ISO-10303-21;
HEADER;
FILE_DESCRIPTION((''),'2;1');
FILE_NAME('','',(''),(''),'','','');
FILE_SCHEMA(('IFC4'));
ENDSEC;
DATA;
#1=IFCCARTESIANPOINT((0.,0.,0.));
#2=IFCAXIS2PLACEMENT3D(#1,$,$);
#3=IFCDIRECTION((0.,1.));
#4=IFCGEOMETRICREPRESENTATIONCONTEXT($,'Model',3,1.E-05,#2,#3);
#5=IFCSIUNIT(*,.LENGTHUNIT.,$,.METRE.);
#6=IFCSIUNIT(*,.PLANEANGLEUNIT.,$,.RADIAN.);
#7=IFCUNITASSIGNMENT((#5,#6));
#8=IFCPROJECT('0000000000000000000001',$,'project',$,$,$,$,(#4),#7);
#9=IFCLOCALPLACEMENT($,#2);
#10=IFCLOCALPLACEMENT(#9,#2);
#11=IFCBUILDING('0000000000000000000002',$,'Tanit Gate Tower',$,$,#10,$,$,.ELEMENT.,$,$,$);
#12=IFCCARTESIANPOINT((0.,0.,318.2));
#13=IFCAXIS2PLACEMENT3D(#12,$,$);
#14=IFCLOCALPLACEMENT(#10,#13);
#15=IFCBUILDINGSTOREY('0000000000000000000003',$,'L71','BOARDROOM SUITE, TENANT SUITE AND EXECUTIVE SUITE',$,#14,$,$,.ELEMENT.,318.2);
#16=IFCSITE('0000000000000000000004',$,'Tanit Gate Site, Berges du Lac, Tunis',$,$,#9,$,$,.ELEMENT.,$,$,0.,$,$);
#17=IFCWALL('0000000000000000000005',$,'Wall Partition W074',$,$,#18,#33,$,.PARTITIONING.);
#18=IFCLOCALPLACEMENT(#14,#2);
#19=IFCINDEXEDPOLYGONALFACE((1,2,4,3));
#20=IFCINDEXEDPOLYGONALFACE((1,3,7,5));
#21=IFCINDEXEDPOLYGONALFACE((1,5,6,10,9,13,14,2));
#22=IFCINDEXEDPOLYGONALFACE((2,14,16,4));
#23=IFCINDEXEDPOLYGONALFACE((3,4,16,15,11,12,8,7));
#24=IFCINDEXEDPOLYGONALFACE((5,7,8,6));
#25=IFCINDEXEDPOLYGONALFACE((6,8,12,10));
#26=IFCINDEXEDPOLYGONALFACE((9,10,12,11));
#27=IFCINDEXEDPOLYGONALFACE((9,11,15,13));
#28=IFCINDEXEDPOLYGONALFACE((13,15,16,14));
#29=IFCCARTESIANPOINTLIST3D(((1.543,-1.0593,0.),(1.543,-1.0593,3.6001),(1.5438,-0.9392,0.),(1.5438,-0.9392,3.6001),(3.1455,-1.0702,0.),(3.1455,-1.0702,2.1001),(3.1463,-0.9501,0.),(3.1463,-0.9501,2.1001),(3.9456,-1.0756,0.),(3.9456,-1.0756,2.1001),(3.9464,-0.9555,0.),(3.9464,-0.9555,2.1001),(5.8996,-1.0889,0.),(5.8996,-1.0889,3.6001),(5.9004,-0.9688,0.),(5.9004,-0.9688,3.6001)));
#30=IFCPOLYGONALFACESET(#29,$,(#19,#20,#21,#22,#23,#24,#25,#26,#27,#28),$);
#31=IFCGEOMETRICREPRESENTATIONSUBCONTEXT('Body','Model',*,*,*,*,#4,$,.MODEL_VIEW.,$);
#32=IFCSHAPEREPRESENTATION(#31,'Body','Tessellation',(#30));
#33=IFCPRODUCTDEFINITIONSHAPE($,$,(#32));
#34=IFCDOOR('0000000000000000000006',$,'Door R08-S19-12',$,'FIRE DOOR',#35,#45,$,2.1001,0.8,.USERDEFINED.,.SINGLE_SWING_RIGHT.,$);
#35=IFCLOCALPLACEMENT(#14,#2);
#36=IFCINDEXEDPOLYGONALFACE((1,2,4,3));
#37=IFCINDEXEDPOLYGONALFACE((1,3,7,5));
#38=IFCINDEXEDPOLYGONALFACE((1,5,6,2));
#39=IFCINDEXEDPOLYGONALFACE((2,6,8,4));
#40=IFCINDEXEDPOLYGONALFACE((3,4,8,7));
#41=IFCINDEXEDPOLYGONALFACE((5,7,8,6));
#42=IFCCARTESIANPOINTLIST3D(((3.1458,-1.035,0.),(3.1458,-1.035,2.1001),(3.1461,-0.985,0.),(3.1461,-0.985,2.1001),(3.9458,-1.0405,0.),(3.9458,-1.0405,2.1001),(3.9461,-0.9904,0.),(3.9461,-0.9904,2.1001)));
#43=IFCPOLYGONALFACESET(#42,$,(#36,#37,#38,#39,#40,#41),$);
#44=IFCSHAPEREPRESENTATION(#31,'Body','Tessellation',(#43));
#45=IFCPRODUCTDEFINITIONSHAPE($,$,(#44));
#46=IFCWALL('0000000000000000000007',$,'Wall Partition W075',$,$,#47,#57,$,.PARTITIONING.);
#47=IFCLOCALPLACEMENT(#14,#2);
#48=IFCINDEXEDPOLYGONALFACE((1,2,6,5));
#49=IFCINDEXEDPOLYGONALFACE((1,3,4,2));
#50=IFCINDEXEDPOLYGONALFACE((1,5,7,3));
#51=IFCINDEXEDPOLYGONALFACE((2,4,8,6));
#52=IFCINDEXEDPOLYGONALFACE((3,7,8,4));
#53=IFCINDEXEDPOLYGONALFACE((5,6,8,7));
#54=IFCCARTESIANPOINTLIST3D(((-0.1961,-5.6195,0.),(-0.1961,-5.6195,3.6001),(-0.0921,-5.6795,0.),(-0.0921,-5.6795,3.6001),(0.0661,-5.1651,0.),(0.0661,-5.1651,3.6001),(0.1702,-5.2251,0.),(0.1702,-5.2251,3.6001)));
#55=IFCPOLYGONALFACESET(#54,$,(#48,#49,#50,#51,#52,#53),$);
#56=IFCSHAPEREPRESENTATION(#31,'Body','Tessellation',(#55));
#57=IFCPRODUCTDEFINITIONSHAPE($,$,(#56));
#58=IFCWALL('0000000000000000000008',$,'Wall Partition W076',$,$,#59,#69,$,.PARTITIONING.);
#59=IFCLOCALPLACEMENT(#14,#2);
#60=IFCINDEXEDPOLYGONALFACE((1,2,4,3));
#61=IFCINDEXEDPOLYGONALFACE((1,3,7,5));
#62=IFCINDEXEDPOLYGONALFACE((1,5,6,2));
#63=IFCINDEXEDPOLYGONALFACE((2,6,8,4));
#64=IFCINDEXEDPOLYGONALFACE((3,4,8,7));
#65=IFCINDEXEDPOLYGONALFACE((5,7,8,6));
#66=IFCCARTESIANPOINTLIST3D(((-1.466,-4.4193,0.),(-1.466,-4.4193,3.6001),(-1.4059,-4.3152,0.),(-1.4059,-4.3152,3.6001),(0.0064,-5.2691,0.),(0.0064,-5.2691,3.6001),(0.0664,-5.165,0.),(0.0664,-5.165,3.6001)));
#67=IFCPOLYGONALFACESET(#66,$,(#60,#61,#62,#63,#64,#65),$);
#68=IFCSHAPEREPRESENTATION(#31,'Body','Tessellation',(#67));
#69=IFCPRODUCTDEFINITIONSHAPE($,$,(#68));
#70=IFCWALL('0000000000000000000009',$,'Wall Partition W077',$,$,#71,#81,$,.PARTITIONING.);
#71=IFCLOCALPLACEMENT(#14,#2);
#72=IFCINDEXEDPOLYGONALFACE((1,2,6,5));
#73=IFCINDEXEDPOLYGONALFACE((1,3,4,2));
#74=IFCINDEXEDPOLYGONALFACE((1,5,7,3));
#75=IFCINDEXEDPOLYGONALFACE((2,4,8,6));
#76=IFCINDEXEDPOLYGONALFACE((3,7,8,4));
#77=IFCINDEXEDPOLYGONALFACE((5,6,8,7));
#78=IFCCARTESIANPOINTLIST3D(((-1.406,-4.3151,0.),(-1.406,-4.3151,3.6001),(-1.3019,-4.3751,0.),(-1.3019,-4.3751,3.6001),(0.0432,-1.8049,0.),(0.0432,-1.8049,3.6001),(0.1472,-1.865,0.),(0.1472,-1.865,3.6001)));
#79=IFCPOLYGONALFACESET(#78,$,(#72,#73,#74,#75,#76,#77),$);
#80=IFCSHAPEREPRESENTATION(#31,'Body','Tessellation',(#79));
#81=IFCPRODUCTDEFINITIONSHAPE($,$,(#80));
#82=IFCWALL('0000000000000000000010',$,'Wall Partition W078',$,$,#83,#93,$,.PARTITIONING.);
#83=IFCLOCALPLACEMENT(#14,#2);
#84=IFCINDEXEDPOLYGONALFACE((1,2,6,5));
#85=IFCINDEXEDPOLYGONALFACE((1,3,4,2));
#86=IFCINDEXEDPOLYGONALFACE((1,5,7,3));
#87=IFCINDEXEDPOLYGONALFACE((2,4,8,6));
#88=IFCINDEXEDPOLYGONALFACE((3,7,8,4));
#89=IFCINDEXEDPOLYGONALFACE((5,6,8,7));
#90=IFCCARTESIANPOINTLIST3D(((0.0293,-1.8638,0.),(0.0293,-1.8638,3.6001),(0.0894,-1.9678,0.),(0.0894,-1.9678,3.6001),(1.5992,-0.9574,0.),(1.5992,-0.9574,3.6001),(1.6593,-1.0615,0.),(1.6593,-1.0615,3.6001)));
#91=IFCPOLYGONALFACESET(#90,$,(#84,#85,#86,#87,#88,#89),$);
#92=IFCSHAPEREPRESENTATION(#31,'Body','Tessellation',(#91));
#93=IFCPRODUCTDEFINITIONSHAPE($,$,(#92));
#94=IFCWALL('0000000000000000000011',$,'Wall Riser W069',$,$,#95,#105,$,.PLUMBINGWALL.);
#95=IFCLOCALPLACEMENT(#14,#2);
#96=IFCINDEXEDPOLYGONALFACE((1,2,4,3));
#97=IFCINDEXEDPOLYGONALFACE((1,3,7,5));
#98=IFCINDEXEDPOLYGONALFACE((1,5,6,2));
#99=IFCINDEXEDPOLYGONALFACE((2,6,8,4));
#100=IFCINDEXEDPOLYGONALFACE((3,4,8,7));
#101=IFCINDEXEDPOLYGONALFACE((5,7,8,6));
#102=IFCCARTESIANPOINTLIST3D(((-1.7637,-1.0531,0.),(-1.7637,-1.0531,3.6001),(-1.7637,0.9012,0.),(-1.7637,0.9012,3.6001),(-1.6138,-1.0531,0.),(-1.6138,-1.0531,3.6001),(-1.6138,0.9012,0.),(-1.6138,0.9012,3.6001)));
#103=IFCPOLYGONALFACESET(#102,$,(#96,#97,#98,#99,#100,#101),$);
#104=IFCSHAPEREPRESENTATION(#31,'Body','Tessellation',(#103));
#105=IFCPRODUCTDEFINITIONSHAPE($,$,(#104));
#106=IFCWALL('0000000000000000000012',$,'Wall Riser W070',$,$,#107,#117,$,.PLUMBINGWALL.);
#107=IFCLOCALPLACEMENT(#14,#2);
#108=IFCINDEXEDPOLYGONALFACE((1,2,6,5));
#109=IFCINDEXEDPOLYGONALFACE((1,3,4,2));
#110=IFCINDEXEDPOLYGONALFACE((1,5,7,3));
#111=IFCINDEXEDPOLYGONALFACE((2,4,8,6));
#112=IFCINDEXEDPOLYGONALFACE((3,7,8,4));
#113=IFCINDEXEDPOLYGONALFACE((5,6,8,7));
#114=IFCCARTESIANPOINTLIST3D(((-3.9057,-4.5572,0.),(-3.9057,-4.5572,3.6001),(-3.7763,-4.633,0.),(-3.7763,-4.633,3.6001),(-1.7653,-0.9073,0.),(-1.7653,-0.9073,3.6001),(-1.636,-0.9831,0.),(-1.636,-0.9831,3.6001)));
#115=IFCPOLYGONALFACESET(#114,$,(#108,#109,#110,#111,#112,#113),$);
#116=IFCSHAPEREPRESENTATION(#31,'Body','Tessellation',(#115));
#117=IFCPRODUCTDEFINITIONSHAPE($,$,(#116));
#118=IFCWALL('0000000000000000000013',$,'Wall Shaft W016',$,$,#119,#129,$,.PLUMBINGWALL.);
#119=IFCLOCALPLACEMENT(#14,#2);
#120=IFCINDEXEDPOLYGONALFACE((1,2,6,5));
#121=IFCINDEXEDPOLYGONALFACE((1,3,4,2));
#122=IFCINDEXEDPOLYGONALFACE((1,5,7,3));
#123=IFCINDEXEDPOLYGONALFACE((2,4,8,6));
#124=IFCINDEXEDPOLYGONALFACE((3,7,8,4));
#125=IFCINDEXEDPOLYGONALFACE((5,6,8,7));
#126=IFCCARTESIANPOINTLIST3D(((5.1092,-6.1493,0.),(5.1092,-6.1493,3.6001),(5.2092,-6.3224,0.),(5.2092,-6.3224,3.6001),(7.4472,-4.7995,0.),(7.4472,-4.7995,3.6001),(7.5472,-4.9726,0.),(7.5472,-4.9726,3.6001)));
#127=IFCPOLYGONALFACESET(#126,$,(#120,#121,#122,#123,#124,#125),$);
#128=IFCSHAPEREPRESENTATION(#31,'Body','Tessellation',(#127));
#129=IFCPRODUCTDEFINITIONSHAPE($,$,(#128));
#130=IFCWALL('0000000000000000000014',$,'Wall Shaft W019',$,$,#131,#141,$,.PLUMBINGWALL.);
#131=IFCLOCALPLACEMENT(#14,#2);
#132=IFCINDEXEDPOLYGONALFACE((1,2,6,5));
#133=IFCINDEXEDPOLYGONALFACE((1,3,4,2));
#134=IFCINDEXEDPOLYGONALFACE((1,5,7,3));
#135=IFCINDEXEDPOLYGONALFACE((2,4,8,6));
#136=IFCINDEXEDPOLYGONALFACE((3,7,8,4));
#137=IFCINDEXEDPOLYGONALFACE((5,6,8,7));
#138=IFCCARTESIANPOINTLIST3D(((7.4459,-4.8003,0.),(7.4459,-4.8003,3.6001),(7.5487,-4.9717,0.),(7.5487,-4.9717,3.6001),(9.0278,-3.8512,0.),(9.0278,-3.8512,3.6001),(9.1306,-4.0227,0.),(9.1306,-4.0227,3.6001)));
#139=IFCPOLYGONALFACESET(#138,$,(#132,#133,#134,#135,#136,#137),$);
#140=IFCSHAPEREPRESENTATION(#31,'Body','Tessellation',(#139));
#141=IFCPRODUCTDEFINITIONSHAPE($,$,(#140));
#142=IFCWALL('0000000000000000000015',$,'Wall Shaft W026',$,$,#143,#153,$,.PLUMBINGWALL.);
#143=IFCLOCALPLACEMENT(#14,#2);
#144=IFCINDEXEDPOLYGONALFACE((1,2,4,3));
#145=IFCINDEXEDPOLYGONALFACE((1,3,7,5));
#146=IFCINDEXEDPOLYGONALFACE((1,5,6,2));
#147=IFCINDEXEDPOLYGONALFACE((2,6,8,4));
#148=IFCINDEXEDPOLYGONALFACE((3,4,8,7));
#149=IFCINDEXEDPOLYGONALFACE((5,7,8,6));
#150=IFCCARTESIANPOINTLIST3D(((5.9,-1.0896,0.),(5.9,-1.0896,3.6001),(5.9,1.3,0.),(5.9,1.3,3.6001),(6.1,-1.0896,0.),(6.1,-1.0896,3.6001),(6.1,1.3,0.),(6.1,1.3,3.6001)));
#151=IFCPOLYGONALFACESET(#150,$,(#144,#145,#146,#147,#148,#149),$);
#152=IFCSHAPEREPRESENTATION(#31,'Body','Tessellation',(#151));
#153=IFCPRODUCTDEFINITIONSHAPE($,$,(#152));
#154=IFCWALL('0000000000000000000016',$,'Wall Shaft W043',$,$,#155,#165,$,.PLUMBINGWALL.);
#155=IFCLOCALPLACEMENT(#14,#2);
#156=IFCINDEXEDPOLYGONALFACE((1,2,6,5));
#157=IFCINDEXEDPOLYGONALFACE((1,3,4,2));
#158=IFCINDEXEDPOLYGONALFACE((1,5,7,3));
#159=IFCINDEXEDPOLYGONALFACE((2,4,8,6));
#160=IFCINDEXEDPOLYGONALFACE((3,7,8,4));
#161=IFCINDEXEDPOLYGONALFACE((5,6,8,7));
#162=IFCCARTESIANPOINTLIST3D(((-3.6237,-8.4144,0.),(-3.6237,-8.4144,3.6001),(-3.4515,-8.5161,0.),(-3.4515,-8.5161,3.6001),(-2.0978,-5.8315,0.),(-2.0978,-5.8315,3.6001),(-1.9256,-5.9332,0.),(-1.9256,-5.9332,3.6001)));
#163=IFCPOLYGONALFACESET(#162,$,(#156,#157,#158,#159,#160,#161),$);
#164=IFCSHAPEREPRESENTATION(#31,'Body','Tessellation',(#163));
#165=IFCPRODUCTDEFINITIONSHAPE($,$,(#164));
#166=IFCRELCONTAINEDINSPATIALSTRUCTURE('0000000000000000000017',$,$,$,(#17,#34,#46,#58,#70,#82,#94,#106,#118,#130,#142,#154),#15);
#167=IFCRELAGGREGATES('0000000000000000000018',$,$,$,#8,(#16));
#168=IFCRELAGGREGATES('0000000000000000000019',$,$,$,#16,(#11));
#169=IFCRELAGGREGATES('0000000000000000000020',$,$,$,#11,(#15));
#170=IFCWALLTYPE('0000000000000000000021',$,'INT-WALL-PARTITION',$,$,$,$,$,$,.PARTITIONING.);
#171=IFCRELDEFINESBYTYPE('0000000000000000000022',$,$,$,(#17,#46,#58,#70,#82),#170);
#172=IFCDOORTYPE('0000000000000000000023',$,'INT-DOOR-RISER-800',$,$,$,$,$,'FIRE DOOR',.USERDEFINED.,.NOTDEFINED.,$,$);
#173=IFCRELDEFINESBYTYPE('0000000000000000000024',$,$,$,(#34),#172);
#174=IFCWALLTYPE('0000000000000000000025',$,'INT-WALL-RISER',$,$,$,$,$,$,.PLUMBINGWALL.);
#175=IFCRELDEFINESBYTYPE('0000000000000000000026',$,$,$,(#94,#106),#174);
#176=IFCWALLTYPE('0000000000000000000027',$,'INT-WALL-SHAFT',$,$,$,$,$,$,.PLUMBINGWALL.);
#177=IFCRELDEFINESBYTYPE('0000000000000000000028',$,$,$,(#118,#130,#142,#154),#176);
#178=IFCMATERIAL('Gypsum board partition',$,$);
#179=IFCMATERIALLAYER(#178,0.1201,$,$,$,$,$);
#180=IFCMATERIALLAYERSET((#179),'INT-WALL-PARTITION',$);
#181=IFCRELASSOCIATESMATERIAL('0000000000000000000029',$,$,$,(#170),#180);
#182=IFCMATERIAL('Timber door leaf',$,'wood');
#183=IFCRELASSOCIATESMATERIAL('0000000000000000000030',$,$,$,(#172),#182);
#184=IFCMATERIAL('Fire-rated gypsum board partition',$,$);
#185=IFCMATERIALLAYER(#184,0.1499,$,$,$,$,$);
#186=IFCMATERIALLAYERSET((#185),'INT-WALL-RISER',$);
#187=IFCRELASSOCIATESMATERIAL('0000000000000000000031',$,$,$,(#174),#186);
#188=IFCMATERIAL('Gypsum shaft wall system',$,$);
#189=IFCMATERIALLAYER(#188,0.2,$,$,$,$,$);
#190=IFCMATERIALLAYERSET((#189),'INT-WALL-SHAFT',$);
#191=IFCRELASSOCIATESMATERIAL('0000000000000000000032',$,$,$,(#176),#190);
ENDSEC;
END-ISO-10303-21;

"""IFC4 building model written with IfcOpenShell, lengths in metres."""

from ifc_helpers import new_model, si_unit, direction, frame, frame_2d, origin, place, context, subcontext, project, spatial, rectangle, extrude, material, layer, layer_set, type_object, element, fill, save


model = new_model("IFC4")

# Units and contexts
model_context = context("Model", 3, precision=1e-05, world=origin(), true_north=direction((0.0, 1.0)))
body_context = subcontext(model_context, "Body", "Model", "MODEL_VIEW")
ifc_project = project(units=[si_unit("LENGTHUNIT", "METRE"), si_unit("PLANEANGLEUNIT", "RADIAN")], contexts=[model_context])

# Site, building, storey
site_placement = place(None, origin())
site = spatial("IfcSite", under=ifc_project, at=site_placement, Name="Tanit Gate Site, Berges du Lac, Tunis", CompositionType="ELEMENT", RefElevation=0.0)
building_placement = place(site_placement, origin())
building = spatial("IfcBuilding", under=site, at=building_placement, Name="Tanit Gate Tower", CompositionType="ELEMENT")
storey_placement = place(building_placement, frame((0.0, 0.0, 318.2)))
storey = spatial("IfcBuildingStorey", under=building, at=storey_placement, Name="L71", Description="BOARDROOM SUITE, TENANT SUITE AND EXECUTIVE SUITE", CompositionType="ELEMENT", Elevation=318.2)

# Shared definitions
ifc_material_1 = material(Name="Gypsum board partition")
ifc_layer_1 = layer(ifc_material_1, 0.1201)
ifc_layer_set_1 = layer_set([ifc_layer_1], Name="INT-WALL-PARTITION")
wall_type_1 = type_object("IfcWallType", Name="INT-WALL-PARTITION", PredefinedType="PARTITIONING", material=ifc_layer_set_1)

# Shared definitions
ifc_material_2 = material(Name="Timber door leaf", Category="wood")
door_type_1 = type_object("IfcDoorType", Name="INT-DOOR-RISER-800", ElementType="FIRE DOOR", OperationType="NOTDEFINED", PredefinedType="USERDEFINED", material=ifc_material_2)

# Wall, opening, door
wall_1_placement = place(storey_placement, frame((5.8999, -1.0288, 0.0), z_axis=(0.0, 0.0, 1.0), x_axis=(-0.999977, 0.00678, 0.0)))
wall_1 = element("IfcWall", 1, at=wall_1_placement, inside=storey, type_object=wall_type_1, Name="Wall Partition W074", PredefinedType="PARTITIONING", context=body_context, shape_type="SweptSolid", body=[
    extrude(rectangle(XDim=4.3567, YDim=0.1201, at=frame_2d((2.1782, 0.0))), origin(), (0.0, 0.0, 1.0), 3.6001),
])
opening_1_placement = place(wall_1_placement, frame((1.9541, 0.0, 0.0)))
opening_1 = element("IfcOpeningElement", 2, at=opening_1_placement, cuts=wall_1, PredefinedType="OPENING", context=body_context, shape_type="SweptSolid", body=[
    extrude(rectangle(XDim=0.8, YDim=2.1001, at=frame_2d((0.3999, 1.05))), frame((0.0, 0.0701, 0.0), z_axis=(0.0, -1.0, 0.0), x_axis=(1.0, 0.0, 0.0)), (0.0, 0.0, 1.0), 0.1401),
])
door_1_placement = place(opening_1_placement, origin())
door_1 = element("IfcDoor", 3, at=door_1_placement, inside=storey, type_object=door_type_1, Name="Door R08-S19-12", ObjectType="FIRE DOOR", OperationType="SINGLE_SWING_RIGHT", OverallHeight=2.1001, OverallWidth=0.8, PredefinedType="USERDEFINED", context=body_context, shape_type="SweptSolid", body=[
    extrude(rectangle(XDim=0.8, YDim=2.1001, at=frame_2d((0.3999, 1.05))), frame((0.0, 0.0249, 0.0), z_axis=(0.0, -1.0, 0.0), x_axis=(1.0, 0.0, 0.0)), (0.0, 0.0, 1.0), 0.05),
])
fill(opening_1, door_1)

# Walls
wall_2_placement = place(storey_placement, frame((-0.144, -5.6494, 0.0), z_axis=(0.0, 0.0, 1.0), x_axis=(0.499843, 0.866116, 0.0)))
element("IfcWall", 4, at=wall_2_placement, inside=storey, type_object=wall_type_1, Name="Wall Partition W075", PredefinedType="PARTITIONING", context=body_context, shape_type="SweptSolid", body=[
    extrude(rectangle(XDim=0.5247, YDim=0.1201, at=frame_2d((0.2622, 0.0))), origin(), (0.0, 0.0, 1.0), 3.6001),
])
wall_3_placement = place(storey_placement, frame((-1.436, -4.3672, 0.0), z_axis=(0.0, 0.0, 1.0), x_axis=(0.866088, -0.499892, 0.0)))
element("IfcWall", 5, at=wall_3_placement, inside=storey, type_object=wall_type_1, Name="Wall Partition W076", PredefinedType="PARTITIONING", context=body_context, shape_type="SweptSolid", body=[
    extrude(rectangle(XDim=1.7, YDim=0.1201, at=frame_2d((0.8501, 0.0))), origin(), (0.0, 0.0, 1.0), 3.6001),
])
wall_4_placement = place(storey_placement, frame((0.0952, -1.835, 0.0), z_axis=(0.0, 0.0, 1.0), x_axis=(-0.49998, -0.866037, 0.0)))
element("IfcWall", 6, at=wall_4_placement, inside=storey, type_object=wall_type_1, Name="Wall Partition W077", PredefinedType="PARTITIONING", context=body_context, shape_type="SweptSolid", body=[
    extrude(rectangle(XDim=2.8984, YDim=0.1201, at=frame_2d((1.4492, 0.0))), origin(), (0.0, 0.0, 1.0), 3.6001),
])
wall_5_placement = place(storey_placement, frame((1.6292, -1.0095, 0.0), z_axis=(0.0, 0.0, 1.0), x_axis=(-0.866047, -0.499963, 0.0)))
element("IfcWall", 7, at=wall_5_placement, inside=storey, type_object=wall_type_1, Name="Wall Partition W078", PredefinedType="PARTITIONING", context=body_context, shape_type="SweptSolid", body=[
    extrude(rectangle(XDim=1.8127, YDim=0.1201, at=frame_2d((0.9062, 0.0))), origin(), (0.0, 0.0, 1.0), 3.6001),
])
ifc_material_3 = material(Name="Fire-rated gypsum board partition")
ifc_layer_2 = layer(ifc_material_3, 0.1499)
ifc_layer_set_2 = layer_set([ifc_layer_2], Name="INT-WALL-RISER")
wall_type_2 = type_object("IfcWallType", Name="INT-WALL-RISER", PredefinedType="PLUMBINGWALL", material=ifc_layer_set_2)
wall_6_placement = place(storey_placement, frame((-1.6887, -1.053, 0.0), z_axis=(0.0, 0.0, 1.0), x_axis=(0.0, 1.0, 0.0)))
element("IfcWall", 8, at=wall_6_placement, inside=storey, type_object=wall_type_2, Name="Wall Riser W069", PredefinedType="PLUMBINGWALL", context=body_context, shape_type="SweptSolid", body=[
    extrude(rectangle(XDim=1.9543, YDim=0.1499, at=frame_2d((0.9771, 0.0))), origin(), (0.0, 0.0, 1.0), 3.6001),
])
wall_7_placement = place(storey_placement, frame((-3.8411, -4.5952, 0.0), z_axis=(0.0, 0.0, 1.0), x_axis=(0.505857, 0.862617, 0.0)))
element("IfcWall", 9, at=wall_7_placement, inside=storey, type_object=wall_type_2, Name="Wall Riser W070", PredefinedType="PLUMBINGWALL", context=body_context, shape_type="SweptSolid", body=[
    extrude(rectangle(XDim=4.2312, YDim=0.1499, at=frame_2d((2.1157, 0.0))), origin(), (0.0, 0.0, 1.0), 3.6001),
])
ifc_material_4 = material(Name="Gypsum shaft wall system")
ifc_layer_3 = layer(ifc_material_4, 0.2)
ifc_layer_set_3 = layer_set([ifc_layer_3], Name="INT-WALL-SHAFT")
wall_type_3 = type_object("IfcWallType", Name="INT-WALL-SHAFT", PredefinedType="PLUMBINGWALL", material=ifc_layer_set_3)
wall_8_placement = place(storey_placement, frame((5.1592, -6.2358, 0.0), z_axis=(0.0, 0.0, 1.0), x_axis=(0.866037, 0.499981, 0.0)))
element("IfcWall", 10, at=wall_8_placement, inside=storey, type_object=wall_type_3, Name="Wall Shaft W016", PredefinedType="PLUMBINGWALL", context=body_context, shape_type="SweptSolid", body=[
    extrude(rectangle(XDim=2.6997, YDim=0.2, at=frame_2d((1.3499, 0.0))), origin(), (0.0, 0.0, 1.0), 3.6001),
])
wall_9_placement = place(storey_placement, frame((7.4973, -4.886, 0.0), z_axis=(0.0, 0.0, 1.0), x_axis=(0.857516, 0.514457, 0.0)))
element("IfcWall", 11, at=wall_9_placement, inside=storey, type_object=wall_type_3, Name="Wall Shaft W019", PredefinedType="PLUMBINGWALL", context=body_context, shape_type="SweptSolid", body=[
    extrude(rectangle(XDim=1.8447, YDim=0.2, at=frame_2d((0.9224, 0.0))), origin(), (0.0, 0.0, 1.0), 3.6001),
])
wall_10_placement = place(storey_placement, frame((6.0, -1.0896, 0.0), z_axis=(0.0, 0.0, 1.0), x_axis=(0.0, 1.0, 0.0)))
element("IfcWall", 12, at=wall_10_placement, inside=storey, type_object=wall_type_3, Name="Wall Shaft W026", PredefinedType="PLUMBINGWALL", context=body_context, shape_type="SweptSolid", body=[
    extrude(rectangle(XDim=2.3896, YDim=0.2, at=frame_2d((1.1948, 0.0))), origin(), (0.0, 0.0, 1.0), 3.6001),
])

# Wall
wall_11_placement = place(storey_placement, frame((-2.0117, -5.8823, 0.0), z_axis=(0.0, 0.0, 1.0), x_axis=(-0.50862, -0.860991, 0.0)))
element("IfcWall", 13, at=wall_11_placement, inside=storey, type_object=wall_type_3, Name="Wall Shaft W043", PredefinedType="PLUMBINGWALL", context=body_context, shape_type="SweptSolid", body=[
    extrude(rectangle(XDim=3.0, YDim=0.2, at=frame_2d((1.5, 0.0))), origin(), (0.0, 0.0, 1.0), 3.6001),
])

save(model, "model.ifc")
